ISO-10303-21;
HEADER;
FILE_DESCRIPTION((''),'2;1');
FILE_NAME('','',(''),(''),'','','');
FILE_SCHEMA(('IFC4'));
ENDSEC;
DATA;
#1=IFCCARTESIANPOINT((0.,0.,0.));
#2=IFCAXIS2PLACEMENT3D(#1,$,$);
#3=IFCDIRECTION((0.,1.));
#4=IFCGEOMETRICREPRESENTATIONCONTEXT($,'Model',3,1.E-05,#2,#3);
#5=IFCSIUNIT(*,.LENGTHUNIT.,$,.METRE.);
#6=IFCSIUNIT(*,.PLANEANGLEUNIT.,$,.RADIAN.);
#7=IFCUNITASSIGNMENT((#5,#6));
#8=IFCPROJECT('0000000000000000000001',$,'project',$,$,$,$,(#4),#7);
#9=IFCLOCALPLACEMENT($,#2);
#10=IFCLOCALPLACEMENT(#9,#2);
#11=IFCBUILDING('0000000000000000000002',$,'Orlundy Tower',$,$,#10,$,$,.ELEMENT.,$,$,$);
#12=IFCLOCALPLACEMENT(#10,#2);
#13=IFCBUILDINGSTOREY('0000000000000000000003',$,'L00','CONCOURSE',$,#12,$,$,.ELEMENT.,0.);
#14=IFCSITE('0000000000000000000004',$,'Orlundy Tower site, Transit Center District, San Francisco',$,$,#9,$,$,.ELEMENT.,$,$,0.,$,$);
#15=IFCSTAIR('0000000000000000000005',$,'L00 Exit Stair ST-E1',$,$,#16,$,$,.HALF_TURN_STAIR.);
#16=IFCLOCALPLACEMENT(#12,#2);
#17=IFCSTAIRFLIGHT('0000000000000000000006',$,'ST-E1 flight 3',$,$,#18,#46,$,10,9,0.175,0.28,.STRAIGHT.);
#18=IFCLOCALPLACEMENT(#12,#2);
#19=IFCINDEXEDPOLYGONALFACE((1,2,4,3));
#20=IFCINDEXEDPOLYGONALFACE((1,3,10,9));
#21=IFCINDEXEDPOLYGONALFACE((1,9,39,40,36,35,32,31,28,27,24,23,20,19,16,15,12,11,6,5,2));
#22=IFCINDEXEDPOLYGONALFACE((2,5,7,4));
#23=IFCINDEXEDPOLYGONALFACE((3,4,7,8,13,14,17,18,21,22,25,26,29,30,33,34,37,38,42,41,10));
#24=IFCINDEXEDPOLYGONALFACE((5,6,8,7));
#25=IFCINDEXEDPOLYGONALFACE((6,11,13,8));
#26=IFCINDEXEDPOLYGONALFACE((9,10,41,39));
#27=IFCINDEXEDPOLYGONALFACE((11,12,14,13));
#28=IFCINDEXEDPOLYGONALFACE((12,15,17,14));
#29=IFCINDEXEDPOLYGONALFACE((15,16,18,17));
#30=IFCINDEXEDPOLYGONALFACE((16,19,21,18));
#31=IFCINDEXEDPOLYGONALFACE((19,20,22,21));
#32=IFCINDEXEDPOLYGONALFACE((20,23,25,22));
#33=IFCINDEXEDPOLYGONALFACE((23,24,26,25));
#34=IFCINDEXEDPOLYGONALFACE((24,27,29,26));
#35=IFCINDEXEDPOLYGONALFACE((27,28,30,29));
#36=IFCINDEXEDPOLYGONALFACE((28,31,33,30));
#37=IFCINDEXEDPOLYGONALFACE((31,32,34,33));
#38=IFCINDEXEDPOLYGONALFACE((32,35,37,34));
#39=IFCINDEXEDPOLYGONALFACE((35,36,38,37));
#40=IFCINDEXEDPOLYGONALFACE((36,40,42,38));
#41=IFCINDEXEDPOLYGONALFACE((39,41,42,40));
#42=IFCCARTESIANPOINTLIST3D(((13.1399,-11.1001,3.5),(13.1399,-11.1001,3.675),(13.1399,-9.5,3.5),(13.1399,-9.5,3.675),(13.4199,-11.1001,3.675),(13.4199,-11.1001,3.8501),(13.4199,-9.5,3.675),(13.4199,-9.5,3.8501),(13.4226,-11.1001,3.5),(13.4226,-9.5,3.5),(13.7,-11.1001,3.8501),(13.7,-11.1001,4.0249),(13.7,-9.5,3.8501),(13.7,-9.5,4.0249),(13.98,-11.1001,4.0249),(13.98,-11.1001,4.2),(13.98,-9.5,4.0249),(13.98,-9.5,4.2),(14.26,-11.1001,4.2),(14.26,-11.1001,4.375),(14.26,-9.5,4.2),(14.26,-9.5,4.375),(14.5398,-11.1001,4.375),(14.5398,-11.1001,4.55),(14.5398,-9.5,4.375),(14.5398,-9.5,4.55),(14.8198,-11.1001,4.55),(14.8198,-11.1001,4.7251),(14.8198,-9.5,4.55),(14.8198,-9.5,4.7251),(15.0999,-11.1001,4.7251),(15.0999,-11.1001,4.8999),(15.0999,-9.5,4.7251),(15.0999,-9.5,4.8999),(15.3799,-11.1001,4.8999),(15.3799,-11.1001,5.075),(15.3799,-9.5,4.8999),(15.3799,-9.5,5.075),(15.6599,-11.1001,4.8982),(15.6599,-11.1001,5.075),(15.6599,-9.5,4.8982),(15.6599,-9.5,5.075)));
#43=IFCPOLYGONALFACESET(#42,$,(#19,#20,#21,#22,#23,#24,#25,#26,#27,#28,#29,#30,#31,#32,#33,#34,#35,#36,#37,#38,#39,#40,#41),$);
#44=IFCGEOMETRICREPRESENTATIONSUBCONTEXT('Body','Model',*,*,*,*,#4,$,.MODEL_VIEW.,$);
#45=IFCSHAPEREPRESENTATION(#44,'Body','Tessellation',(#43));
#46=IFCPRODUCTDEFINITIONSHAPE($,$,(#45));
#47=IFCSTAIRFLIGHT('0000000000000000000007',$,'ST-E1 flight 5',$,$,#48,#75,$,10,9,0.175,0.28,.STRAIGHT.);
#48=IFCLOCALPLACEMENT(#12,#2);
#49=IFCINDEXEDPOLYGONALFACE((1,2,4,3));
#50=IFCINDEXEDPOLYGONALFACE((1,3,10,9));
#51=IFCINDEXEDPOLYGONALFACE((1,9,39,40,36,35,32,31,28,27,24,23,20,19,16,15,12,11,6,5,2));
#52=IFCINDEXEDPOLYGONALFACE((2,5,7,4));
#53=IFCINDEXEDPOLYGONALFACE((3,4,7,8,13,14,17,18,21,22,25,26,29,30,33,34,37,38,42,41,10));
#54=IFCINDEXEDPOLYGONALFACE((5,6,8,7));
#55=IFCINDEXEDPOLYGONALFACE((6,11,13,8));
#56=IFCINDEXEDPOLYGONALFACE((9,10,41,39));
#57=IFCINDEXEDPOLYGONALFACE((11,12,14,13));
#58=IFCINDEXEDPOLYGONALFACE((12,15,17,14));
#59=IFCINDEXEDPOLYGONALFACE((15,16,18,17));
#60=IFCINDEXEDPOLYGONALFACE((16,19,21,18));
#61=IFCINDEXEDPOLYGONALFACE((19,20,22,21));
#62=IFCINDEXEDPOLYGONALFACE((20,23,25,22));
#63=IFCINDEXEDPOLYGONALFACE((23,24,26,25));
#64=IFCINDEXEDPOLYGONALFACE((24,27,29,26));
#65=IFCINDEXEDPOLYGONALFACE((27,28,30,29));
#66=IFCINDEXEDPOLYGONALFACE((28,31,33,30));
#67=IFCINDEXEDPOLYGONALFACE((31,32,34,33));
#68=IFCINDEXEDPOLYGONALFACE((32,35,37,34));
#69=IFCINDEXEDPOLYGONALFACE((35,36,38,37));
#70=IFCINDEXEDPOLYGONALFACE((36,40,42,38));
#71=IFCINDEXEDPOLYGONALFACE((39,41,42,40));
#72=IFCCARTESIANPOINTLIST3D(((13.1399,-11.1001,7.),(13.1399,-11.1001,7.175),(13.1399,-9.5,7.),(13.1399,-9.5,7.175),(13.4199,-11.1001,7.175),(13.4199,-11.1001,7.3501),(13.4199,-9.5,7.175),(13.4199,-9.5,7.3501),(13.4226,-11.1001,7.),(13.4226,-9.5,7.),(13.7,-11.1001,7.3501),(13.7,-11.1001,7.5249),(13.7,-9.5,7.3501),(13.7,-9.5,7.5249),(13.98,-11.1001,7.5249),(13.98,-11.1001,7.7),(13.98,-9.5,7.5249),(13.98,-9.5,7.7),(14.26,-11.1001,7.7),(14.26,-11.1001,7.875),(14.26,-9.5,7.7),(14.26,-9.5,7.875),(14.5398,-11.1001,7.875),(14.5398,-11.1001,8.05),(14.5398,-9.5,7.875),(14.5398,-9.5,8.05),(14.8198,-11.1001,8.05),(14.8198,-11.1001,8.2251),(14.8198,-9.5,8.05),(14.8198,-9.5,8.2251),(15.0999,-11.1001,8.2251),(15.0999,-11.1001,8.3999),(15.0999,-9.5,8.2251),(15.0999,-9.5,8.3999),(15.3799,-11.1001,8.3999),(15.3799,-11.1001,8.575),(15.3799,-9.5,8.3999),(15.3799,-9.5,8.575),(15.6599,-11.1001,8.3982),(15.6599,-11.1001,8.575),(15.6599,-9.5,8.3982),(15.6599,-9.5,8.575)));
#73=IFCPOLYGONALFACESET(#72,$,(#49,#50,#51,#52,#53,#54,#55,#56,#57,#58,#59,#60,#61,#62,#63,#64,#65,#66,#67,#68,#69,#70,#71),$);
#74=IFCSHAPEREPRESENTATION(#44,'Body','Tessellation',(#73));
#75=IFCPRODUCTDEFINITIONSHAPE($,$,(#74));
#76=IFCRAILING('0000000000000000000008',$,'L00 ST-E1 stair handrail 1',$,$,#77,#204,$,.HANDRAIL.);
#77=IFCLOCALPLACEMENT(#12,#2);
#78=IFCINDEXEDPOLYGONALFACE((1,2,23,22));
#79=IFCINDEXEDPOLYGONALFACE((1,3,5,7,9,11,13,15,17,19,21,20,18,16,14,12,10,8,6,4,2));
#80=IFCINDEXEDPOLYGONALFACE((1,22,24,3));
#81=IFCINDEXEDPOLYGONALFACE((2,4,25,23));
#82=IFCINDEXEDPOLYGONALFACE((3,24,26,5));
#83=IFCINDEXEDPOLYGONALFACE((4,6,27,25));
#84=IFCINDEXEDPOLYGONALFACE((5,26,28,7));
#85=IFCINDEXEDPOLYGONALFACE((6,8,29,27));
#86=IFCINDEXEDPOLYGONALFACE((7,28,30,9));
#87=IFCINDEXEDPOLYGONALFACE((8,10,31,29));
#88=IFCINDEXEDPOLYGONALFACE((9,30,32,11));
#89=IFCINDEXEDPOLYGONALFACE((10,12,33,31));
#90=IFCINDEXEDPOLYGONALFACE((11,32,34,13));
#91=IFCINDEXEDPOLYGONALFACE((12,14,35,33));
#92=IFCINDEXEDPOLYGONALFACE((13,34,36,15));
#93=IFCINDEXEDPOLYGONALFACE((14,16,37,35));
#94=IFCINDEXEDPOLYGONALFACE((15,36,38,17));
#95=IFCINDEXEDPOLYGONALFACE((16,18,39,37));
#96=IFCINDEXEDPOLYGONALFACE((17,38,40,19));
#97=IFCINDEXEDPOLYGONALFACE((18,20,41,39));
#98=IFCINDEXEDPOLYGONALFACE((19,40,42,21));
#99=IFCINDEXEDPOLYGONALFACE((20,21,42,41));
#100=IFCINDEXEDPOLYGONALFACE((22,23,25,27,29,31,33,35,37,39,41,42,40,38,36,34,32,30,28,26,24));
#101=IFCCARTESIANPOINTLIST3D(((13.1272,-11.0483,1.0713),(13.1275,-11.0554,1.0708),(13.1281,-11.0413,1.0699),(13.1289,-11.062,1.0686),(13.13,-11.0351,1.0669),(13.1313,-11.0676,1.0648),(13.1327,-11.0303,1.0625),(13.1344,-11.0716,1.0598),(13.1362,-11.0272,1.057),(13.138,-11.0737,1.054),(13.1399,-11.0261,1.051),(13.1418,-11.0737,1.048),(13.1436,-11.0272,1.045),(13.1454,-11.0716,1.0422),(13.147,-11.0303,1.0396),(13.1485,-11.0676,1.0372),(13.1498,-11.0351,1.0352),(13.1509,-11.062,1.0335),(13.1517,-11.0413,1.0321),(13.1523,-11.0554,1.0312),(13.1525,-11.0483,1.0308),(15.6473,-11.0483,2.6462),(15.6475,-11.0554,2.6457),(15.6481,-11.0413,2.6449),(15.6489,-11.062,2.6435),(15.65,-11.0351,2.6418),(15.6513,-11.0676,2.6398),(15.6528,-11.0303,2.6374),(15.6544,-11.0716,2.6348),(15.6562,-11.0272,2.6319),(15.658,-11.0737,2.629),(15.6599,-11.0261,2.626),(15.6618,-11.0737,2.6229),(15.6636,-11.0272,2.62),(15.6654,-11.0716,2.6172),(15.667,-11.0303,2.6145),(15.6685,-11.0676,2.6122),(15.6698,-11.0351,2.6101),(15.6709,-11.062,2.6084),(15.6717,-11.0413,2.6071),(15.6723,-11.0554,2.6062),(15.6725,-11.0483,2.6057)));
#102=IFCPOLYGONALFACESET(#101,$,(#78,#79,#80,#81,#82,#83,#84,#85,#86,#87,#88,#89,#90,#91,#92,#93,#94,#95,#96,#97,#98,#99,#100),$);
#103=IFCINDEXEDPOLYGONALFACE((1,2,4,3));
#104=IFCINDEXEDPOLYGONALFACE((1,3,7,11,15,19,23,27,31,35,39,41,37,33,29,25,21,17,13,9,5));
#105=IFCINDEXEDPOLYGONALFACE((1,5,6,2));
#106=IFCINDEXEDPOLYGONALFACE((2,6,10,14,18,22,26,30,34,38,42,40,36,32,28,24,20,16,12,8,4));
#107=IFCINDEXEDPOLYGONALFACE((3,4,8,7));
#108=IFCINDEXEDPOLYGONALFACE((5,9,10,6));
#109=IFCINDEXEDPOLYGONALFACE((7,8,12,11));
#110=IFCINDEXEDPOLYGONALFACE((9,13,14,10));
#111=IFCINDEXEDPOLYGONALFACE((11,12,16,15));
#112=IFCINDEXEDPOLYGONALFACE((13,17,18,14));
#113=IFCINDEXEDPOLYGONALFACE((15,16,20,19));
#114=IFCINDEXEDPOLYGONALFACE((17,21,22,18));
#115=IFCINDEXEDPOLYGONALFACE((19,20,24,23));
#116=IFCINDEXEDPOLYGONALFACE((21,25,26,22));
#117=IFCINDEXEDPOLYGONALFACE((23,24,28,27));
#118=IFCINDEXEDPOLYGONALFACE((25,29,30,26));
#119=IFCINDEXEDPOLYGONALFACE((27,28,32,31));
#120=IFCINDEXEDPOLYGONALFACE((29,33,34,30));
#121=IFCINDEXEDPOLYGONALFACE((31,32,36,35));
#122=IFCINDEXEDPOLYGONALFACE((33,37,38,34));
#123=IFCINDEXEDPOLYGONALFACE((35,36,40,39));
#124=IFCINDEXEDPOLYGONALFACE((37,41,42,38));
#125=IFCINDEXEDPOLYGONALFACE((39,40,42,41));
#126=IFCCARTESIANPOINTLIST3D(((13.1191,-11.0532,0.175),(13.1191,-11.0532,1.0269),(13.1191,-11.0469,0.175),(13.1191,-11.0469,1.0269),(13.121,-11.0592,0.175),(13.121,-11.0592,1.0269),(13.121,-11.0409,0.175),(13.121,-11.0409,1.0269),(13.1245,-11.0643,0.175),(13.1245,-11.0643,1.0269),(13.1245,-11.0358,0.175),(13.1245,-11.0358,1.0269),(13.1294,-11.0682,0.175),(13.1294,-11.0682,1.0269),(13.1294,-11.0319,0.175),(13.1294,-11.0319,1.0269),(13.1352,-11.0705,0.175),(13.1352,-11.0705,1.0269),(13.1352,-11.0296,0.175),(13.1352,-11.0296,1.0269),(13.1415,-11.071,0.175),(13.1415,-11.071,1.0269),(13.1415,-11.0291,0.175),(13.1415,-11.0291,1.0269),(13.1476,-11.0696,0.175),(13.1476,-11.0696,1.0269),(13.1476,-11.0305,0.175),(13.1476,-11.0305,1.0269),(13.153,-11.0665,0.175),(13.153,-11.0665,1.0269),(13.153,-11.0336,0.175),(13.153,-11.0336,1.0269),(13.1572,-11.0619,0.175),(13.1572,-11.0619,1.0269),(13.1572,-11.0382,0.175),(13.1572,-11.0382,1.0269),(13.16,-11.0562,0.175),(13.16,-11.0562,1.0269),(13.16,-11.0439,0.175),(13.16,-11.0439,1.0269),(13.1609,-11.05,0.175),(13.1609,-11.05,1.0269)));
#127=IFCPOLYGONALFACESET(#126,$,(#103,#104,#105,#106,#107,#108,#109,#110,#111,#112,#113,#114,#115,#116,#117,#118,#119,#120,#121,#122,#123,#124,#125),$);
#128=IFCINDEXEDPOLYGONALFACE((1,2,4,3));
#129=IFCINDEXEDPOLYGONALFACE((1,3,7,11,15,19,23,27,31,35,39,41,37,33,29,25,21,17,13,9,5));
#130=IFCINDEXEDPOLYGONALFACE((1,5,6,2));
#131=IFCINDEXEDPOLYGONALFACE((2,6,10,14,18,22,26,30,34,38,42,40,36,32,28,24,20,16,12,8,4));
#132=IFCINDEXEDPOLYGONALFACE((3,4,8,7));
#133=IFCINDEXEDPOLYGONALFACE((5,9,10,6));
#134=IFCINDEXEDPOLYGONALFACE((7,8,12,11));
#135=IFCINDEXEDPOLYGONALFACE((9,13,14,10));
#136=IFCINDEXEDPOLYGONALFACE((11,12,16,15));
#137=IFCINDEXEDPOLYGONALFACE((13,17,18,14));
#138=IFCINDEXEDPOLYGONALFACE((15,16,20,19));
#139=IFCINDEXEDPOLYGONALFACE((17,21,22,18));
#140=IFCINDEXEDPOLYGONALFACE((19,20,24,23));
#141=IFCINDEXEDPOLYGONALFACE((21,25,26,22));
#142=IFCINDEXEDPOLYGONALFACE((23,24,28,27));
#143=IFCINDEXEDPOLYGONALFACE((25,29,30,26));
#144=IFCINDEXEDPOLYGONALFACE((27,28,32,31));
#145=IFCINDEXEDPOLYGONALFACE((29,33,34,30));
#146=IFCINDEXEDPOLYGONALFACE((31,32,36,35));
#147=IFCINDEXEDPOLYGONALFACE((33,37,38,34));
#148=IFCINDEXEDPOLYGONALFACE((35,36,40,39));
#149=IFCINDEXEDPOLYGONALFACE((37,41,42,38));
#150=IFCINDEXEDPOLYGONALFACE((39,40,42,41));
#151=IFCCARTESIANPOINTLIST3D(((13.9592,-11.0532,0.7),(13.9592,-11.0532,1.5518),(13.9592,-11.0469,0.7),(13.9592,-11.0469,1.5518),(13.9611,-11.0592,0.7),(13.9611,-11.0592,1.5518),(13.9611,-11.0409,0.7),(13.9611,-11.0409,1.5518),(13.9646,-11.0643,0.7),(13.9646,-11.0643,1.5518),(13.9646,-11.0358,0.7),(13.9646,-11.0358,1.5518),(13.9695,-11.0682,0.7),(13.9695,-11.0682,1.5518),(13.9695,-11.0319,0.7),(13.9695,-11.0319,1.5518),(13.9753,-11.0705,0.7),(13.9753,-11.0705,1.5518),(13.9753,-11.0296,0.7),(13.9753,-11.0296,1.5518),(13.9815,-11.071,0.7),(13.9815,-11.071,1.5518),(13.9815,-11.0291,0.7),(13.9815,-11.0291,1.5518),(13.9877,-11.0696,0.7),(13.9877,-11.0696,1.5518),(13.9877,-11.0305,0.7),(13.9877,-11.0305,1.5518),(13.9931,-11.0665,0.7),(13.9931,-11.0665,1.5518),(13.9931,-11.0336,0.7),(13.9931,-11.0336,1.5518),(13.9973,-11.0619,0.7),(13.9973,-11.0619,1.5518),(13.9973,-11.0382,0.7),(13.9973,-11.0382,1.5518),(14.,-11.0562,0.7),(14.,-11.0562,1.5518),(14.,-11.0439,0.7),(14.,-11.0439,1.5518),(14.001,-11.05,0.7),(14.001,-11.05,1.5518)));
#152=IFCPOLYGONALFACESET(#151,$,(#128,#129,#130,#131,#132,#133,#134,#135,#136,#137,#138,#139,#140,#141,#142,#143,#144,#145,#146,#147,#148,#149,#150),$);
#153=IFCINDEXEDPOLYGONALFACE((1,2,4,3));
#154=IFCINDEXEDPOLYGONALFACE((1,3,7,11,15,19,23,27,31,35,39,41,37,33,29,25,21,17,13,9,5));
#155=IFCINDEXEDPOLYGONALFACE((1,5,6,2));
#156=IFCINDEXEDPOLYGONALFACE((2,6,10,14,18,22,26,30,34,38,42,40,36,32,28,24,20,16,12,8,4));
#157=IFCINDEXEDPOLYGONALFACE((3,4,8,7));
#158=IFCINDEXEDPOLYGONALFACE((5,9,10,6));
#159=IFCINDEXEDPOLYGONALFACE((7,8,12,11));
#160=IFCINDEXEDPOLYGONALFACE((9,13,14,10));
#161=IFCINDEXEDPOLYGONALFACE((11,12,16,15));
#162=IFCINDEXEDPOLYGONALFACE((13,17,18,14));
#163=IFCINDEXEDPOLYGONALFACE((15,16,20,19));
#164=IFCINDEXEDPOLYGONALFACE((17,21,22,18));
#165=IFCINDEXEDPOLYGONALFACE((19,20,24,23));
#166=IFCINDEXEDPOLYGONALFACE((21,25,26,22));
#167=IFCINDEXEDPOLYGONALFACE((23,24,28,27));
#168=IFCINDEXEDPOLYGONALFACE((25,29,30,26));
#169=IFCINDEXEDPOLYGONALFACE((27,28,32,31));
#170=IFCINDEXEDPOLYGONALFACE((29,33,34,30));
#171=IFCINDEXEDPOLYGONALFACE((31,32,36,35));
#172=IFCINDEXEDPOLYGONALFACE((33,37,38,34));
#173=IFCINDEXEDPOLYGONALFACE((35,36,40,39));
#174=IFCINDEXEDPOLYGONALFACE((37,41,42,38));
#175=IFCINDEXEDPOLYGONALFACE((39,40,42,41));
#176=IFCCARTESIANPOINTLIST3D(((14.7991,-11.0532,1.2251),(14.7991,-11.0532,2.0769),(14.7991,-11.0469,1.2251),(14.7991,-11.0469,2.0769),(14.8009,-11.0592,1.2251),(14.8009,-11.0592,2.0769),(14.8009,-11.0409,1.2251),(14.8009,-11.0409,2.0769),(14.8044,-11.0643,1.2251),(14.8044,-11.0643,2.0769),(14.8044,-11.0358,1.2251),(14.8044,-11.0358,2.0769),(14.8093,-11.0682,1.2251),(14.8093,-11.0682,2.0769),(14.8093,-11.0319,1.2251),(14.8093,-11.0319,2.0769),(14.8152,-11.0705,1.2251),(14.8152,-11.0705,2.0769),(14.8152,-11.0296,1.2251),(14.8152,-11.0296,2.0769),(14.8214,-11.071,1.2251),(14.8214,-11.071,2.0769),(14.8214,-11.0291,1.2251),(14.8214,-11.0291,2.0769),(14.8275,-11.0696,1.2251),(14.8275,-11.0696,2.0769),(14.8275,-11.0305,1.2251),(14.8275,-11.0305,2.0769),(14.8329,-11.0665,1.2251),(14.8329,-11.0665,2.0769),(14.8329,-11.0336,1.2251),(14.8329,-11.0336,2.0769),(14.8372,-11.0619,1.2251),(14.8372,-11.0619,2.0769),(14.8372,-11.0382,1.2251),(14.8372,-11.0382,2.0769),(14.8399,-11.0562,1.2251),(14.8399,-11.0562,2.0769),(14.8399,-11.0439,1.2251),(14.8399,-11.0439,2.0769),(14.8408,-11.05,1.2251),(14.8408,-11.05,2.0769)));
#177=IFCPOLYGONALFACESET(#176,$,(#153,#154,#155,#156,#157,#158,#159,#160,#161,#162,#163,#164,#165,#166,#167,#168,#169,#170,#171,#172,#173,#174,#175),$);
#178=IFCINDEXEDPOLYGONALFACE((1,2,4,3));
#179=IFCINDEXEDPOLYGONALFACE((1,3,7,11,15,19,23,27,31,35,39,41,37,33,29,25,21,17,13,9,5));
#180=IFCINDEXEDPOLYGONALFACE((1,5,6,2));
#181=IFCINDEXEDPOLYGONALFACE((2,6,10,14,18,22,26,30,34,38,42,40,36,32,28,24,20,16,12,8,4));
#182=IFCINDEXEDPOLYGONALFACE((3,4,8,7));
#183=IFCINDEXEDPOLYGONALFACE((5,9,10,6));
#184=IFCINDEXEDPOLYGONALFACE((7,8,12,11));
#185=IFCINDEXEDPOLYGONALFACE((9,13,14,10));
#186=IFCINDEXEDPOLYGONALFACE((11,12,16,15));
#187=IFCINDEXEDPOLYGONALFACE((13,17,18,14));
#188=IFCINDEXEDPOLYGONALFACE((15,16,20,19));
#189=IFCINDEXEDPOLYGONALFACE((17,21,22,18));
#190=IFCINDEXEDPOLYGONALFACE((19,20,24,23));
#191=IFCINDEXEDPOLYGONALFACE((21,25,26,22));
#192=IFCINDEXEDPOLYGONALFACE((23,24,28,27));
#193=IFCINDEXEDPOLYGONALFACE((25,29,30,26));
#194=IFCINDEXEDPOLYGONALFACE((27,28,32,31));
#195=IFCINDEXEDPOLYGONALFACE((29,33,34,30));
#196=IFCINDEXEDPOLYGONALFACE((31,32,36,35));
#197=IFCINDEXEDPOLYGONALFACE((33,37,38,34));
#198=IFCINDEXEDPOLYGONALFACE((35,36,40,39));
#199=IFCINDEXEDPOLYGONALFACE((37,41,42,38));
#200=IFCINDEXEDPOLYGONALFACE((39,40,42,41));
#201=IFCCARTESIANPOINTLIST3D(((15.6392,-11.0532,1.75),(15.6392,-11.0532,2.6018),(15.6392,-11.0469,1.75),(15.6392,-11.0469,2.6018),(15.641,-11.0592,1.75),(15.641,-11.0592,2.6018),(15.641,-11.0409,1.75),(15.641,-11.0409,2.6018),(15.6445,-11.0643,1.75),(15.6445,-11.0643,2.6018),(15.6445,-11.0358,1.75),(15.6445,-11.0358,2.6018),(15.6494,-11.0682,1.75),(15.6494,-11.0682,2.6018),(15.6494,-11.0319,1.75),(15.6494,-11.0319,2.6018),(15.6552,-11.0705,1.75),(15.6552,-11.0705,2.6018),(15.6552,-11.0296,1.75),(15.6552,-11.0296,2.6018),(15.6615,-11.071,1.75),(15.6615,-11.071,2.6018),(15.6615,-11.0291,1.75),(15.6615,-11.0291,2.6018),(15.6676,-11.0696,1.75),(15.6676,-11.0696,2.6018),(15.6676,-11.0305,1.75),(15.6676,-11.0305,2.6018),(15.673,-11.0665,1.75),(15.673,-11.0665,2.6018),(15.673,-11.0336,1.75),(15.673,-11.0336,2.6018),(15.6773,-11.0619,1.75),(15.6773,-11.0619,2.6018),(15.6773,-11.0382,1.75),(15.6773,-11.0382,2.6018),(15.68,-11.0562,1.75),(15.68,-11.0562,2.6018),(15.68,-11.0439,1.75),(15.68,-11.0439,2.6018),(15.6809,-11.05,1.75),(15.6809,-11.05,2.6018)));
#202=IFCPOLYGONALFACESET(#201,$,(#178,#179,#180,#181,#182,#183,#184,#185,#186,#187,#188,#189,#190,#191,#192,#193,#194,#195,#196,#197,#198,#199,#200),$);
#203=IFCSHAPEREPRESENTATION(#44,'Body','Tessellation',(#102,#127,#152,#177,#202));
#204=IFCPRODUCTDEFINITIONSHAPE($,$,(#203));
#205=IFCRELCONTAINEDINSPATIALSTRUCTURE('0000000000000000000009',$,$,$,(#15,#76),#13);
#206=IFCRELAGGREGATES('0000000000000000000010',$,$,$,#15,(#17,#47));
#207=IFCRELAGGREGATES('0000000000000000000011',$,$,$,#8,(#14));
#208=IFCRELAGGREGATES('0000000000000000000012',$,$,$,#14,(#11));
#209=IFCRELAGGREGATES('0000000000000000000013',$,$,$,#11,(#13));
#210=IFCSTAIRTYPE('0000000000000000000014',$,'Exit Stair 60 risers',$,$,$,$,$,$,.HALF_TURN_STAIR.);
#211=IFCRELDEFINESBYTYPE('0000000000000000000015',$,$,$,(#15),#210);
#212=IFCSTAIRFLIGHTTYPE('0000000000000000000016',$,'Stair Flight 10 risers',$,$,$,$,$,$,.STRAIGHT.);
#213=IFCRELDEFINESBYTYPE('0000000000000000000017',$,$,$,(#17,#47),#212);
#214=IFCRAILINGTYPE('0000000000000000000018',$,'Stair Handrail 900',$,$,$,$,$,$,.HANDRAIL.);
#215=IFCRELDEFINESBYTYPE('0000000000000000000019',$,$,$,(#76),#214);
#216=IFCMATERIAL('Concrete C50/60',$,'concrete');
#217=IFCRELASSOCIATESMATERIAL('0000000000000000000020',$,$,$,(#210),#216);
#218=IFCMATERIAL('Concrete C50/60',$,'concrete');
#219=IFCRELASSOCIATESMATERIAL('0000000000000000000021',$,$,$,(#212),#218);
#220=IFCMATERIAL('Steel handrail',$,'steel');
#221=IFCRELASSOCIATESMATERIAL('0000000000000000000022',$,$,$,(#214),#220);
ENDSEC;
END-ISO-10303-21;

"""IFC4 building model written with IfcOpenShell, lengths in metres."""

from ifc_helpers import new_model, si_unit, direction, frame, origin, origin_2d, place, context, subcontext, project, spatial, polyline, circle, outline, extrude, material, type_object, element, aggregate, save


model = new_model("IFC4")

# Units and contexts
model_context = context("Model", 3, precision=1e-05, world=origin(), true_north=direction((0.0, 1.0)))
body_context = subcontext(model_context, "Body", "Model", "MODEL_VIEW")
ifc_project = project(units=[si_unit("LENGTHUNIT", "METRE"), si_unit("PLANEANGLEUNIT", "RADIAN")], contexts=[model_context])

# Site, building, storey
site_placement = place(None, origin())
site = spatial("IfcSite", under=ifc_project, at=site_placement, Name="Orlundy Tower site, Transit Center District, San Francisco", CompositionType="ELEMENT", RefElevation=0.0)
building_placement = place(site_placement, origin())
building = spatial("IfcBuilding", under=site, at=building_placement, Name="Orlundy Tower", CompositionType="ELEMENT")
storey_placement = place(building_placement, origin())
storey = spatial("IfcBuildingStorey", under=building, at=storey_placement, Name="L00", Description="CONCOURSE", CompositionType="ELEMENT", Elevation=0.0)

# Stair, stair flights
ifc_material_1 = material(Name="Concrete C50/60", Category="concrete")
stair_type = type_object("IfcStairType", Name="Exit Stair 60 risers", PredefinedType="HALF_TURN_STAIR", material=ifc_material_1)
stair_placement = place(storey_placement, origin())
stair = element("IfcStair", 1, at=stair_placement, inside=storey, type_object=stair_type, Name="L00 Exit Stair ST-E1", PredefinedType="HALF_TURN_STAIR")
ifc_material_2 = material(Name="Concrete C50/60", Category="concrete")
stair_flight_type = type_object("IfcStairFlightType", Name="Stair Flight 10 risers", PredefinedType="STRAIGHT", material=ifc_material_2)
stair_flight_1_placement = place(storey_placement, frame((13.1399, -10.3, 3.5), z_axis=(0.0, 0.0, 1.0), x_axis=(1.0, 0.0, 0.0)))
stair_flight_1 = element("IfcStairFlight", 2, at=stair_flight_1_placement, type_object=stair_flight_type, Name="ST-E1 flight 3", NumberOfRisers=10, NumberOfTreads=9, PredefinedType="STRAIGHT", RiserHeight=0.175, TreadLength=0.28, context=body_context, shape_type="SweptSolid", body=[
    extrude(outline(polyline([(0.0, 0.0), (0.0, 0.175), (0.28, 0.175), (0.28, 0.3501), (0.5601, 0.3501), (0.5601, 0.5249), (0.8401, 0.5249), (0.8401, 0.7), (1.1201, 0.7), (1.1201, 0.875), (1.3999, 0.875), (1.3999, 1.05), (1.6799, 1.05), (1.6799, 1.2251), (1.96, 1.2251), (1.96, 1.3999), (2.24, 1.3999), (2.24, 1.575), (2.52, 1.575), (2.52, 1.75), (2.52, 1.3982), (0.2827, 0.0), (0.0, 0.0)])), frame((0.0, 0.8, 0.0), z_axis=(0.0, -1.0, 0.0), x_axis=(1.0, 0.0, 0.0)), (0.0, 0.0, 1.0), 1.6001),
])
stair_flight_2_placement = place(storey_placement, frame((13.1399, -10.3, 7.0), z_axis=(0.0, 0.0, 1.0), x_axis=(1.0, 0.0, 0.0)))
stair_flight_2 = element("IfcStairFlight", 3, at=stair_flight_2_placement, type_object=stair_flight_type, Name="ST-E1 flight 5", NumberOfRisers=10, NumberOfTreads=9, PredefinedType="STRAIGHT", RiserHeight=0.175, TreadLength=0.28, context=body_context, shape_type="SweptSolid", body=[
    extrude(outline(polyline([(0.0, 0.0), (0.0, 0.175), (0.28, 0.175), (0.28, 0.3501), (0.5601, 0.3501), (0.5601, 0.5249), (0.8401, 0.5249), (0.8401, 0.7), (1.1201, 0.7), (1.1201, 0.875), (1.3999, 0.875), (1.3999, 1.05), (1.6799, 1.05), (1.6799, 1.2251), (1.96, 1.2251), (1.96, 1.3999), (2.24, 1.3999), (2.24, 1.575), (2.52, 1.575), (2.52, 1.75), (2.52, 1.3982), (0.2827, 0.0), (0.0, 0.0)])), frame((0.0, 0.8, 0.0), z_axis=(0.0, -1.0, 0.0), x_axis=(1.0, 0.0, 0.0)), (0.0, 0.0, 1.0), 1.6001),
])
aggregate(stair, [stair_flight_1, stair_flight_2])

# Railing
ifc_material_3 = material(Name="Steel handrail", Category="steel")
railing_type_1 = type_object("IfcRailingType", Name="Stair Handrail 900", PredefinedType="HANDRAIL", material=ifc_material_3)
for number, where, name in (
    (4, (13.1399, -11.05, 0.175), "L00 ST-E1 stair handrail 1"),
):
    element("IfcRailing", number, at=place(storey_placement, frame(where)), inside=storey, type_object=railing_type_1, Name=name, PredefinedType="HANDRAIL", context=body_context, shape_type="SweptSolid", body=[
        extrude(circle(Radius=0.0239, at=origin_2d()), frame((0.0, 0.0, 0.876), z_axis=(0.848008, 0.0, 0.529984), x_axis=(0.0, 1.0, 0.0)), (0.0, 0.0, 1.0), 2.9717),
        extrude(circle(Radius=0.021, at=origin_2d()), origin(), (0.0, 0.0, 1.0), 0.8518),
        extrude(circle(Radius=0.021, at=origin_2d()), frame((0.8401, 0.0, 0.5249)), (0.0, 0.0, 1.0), 0.8518),
        extrude(circle(Radius=0.021, at=origin_2d()), frame((1.6799, 0.0, 1.05)), (0.0, 0.0, 1.0), 0.8518),
        extrude(circle(Radius=0.021, at=origin_2d()), frame((2.52, 0.0, 1.575)), (0.0, 0.0, 1.0), 0.8518),
    ])

save(model, "model.ifc")
